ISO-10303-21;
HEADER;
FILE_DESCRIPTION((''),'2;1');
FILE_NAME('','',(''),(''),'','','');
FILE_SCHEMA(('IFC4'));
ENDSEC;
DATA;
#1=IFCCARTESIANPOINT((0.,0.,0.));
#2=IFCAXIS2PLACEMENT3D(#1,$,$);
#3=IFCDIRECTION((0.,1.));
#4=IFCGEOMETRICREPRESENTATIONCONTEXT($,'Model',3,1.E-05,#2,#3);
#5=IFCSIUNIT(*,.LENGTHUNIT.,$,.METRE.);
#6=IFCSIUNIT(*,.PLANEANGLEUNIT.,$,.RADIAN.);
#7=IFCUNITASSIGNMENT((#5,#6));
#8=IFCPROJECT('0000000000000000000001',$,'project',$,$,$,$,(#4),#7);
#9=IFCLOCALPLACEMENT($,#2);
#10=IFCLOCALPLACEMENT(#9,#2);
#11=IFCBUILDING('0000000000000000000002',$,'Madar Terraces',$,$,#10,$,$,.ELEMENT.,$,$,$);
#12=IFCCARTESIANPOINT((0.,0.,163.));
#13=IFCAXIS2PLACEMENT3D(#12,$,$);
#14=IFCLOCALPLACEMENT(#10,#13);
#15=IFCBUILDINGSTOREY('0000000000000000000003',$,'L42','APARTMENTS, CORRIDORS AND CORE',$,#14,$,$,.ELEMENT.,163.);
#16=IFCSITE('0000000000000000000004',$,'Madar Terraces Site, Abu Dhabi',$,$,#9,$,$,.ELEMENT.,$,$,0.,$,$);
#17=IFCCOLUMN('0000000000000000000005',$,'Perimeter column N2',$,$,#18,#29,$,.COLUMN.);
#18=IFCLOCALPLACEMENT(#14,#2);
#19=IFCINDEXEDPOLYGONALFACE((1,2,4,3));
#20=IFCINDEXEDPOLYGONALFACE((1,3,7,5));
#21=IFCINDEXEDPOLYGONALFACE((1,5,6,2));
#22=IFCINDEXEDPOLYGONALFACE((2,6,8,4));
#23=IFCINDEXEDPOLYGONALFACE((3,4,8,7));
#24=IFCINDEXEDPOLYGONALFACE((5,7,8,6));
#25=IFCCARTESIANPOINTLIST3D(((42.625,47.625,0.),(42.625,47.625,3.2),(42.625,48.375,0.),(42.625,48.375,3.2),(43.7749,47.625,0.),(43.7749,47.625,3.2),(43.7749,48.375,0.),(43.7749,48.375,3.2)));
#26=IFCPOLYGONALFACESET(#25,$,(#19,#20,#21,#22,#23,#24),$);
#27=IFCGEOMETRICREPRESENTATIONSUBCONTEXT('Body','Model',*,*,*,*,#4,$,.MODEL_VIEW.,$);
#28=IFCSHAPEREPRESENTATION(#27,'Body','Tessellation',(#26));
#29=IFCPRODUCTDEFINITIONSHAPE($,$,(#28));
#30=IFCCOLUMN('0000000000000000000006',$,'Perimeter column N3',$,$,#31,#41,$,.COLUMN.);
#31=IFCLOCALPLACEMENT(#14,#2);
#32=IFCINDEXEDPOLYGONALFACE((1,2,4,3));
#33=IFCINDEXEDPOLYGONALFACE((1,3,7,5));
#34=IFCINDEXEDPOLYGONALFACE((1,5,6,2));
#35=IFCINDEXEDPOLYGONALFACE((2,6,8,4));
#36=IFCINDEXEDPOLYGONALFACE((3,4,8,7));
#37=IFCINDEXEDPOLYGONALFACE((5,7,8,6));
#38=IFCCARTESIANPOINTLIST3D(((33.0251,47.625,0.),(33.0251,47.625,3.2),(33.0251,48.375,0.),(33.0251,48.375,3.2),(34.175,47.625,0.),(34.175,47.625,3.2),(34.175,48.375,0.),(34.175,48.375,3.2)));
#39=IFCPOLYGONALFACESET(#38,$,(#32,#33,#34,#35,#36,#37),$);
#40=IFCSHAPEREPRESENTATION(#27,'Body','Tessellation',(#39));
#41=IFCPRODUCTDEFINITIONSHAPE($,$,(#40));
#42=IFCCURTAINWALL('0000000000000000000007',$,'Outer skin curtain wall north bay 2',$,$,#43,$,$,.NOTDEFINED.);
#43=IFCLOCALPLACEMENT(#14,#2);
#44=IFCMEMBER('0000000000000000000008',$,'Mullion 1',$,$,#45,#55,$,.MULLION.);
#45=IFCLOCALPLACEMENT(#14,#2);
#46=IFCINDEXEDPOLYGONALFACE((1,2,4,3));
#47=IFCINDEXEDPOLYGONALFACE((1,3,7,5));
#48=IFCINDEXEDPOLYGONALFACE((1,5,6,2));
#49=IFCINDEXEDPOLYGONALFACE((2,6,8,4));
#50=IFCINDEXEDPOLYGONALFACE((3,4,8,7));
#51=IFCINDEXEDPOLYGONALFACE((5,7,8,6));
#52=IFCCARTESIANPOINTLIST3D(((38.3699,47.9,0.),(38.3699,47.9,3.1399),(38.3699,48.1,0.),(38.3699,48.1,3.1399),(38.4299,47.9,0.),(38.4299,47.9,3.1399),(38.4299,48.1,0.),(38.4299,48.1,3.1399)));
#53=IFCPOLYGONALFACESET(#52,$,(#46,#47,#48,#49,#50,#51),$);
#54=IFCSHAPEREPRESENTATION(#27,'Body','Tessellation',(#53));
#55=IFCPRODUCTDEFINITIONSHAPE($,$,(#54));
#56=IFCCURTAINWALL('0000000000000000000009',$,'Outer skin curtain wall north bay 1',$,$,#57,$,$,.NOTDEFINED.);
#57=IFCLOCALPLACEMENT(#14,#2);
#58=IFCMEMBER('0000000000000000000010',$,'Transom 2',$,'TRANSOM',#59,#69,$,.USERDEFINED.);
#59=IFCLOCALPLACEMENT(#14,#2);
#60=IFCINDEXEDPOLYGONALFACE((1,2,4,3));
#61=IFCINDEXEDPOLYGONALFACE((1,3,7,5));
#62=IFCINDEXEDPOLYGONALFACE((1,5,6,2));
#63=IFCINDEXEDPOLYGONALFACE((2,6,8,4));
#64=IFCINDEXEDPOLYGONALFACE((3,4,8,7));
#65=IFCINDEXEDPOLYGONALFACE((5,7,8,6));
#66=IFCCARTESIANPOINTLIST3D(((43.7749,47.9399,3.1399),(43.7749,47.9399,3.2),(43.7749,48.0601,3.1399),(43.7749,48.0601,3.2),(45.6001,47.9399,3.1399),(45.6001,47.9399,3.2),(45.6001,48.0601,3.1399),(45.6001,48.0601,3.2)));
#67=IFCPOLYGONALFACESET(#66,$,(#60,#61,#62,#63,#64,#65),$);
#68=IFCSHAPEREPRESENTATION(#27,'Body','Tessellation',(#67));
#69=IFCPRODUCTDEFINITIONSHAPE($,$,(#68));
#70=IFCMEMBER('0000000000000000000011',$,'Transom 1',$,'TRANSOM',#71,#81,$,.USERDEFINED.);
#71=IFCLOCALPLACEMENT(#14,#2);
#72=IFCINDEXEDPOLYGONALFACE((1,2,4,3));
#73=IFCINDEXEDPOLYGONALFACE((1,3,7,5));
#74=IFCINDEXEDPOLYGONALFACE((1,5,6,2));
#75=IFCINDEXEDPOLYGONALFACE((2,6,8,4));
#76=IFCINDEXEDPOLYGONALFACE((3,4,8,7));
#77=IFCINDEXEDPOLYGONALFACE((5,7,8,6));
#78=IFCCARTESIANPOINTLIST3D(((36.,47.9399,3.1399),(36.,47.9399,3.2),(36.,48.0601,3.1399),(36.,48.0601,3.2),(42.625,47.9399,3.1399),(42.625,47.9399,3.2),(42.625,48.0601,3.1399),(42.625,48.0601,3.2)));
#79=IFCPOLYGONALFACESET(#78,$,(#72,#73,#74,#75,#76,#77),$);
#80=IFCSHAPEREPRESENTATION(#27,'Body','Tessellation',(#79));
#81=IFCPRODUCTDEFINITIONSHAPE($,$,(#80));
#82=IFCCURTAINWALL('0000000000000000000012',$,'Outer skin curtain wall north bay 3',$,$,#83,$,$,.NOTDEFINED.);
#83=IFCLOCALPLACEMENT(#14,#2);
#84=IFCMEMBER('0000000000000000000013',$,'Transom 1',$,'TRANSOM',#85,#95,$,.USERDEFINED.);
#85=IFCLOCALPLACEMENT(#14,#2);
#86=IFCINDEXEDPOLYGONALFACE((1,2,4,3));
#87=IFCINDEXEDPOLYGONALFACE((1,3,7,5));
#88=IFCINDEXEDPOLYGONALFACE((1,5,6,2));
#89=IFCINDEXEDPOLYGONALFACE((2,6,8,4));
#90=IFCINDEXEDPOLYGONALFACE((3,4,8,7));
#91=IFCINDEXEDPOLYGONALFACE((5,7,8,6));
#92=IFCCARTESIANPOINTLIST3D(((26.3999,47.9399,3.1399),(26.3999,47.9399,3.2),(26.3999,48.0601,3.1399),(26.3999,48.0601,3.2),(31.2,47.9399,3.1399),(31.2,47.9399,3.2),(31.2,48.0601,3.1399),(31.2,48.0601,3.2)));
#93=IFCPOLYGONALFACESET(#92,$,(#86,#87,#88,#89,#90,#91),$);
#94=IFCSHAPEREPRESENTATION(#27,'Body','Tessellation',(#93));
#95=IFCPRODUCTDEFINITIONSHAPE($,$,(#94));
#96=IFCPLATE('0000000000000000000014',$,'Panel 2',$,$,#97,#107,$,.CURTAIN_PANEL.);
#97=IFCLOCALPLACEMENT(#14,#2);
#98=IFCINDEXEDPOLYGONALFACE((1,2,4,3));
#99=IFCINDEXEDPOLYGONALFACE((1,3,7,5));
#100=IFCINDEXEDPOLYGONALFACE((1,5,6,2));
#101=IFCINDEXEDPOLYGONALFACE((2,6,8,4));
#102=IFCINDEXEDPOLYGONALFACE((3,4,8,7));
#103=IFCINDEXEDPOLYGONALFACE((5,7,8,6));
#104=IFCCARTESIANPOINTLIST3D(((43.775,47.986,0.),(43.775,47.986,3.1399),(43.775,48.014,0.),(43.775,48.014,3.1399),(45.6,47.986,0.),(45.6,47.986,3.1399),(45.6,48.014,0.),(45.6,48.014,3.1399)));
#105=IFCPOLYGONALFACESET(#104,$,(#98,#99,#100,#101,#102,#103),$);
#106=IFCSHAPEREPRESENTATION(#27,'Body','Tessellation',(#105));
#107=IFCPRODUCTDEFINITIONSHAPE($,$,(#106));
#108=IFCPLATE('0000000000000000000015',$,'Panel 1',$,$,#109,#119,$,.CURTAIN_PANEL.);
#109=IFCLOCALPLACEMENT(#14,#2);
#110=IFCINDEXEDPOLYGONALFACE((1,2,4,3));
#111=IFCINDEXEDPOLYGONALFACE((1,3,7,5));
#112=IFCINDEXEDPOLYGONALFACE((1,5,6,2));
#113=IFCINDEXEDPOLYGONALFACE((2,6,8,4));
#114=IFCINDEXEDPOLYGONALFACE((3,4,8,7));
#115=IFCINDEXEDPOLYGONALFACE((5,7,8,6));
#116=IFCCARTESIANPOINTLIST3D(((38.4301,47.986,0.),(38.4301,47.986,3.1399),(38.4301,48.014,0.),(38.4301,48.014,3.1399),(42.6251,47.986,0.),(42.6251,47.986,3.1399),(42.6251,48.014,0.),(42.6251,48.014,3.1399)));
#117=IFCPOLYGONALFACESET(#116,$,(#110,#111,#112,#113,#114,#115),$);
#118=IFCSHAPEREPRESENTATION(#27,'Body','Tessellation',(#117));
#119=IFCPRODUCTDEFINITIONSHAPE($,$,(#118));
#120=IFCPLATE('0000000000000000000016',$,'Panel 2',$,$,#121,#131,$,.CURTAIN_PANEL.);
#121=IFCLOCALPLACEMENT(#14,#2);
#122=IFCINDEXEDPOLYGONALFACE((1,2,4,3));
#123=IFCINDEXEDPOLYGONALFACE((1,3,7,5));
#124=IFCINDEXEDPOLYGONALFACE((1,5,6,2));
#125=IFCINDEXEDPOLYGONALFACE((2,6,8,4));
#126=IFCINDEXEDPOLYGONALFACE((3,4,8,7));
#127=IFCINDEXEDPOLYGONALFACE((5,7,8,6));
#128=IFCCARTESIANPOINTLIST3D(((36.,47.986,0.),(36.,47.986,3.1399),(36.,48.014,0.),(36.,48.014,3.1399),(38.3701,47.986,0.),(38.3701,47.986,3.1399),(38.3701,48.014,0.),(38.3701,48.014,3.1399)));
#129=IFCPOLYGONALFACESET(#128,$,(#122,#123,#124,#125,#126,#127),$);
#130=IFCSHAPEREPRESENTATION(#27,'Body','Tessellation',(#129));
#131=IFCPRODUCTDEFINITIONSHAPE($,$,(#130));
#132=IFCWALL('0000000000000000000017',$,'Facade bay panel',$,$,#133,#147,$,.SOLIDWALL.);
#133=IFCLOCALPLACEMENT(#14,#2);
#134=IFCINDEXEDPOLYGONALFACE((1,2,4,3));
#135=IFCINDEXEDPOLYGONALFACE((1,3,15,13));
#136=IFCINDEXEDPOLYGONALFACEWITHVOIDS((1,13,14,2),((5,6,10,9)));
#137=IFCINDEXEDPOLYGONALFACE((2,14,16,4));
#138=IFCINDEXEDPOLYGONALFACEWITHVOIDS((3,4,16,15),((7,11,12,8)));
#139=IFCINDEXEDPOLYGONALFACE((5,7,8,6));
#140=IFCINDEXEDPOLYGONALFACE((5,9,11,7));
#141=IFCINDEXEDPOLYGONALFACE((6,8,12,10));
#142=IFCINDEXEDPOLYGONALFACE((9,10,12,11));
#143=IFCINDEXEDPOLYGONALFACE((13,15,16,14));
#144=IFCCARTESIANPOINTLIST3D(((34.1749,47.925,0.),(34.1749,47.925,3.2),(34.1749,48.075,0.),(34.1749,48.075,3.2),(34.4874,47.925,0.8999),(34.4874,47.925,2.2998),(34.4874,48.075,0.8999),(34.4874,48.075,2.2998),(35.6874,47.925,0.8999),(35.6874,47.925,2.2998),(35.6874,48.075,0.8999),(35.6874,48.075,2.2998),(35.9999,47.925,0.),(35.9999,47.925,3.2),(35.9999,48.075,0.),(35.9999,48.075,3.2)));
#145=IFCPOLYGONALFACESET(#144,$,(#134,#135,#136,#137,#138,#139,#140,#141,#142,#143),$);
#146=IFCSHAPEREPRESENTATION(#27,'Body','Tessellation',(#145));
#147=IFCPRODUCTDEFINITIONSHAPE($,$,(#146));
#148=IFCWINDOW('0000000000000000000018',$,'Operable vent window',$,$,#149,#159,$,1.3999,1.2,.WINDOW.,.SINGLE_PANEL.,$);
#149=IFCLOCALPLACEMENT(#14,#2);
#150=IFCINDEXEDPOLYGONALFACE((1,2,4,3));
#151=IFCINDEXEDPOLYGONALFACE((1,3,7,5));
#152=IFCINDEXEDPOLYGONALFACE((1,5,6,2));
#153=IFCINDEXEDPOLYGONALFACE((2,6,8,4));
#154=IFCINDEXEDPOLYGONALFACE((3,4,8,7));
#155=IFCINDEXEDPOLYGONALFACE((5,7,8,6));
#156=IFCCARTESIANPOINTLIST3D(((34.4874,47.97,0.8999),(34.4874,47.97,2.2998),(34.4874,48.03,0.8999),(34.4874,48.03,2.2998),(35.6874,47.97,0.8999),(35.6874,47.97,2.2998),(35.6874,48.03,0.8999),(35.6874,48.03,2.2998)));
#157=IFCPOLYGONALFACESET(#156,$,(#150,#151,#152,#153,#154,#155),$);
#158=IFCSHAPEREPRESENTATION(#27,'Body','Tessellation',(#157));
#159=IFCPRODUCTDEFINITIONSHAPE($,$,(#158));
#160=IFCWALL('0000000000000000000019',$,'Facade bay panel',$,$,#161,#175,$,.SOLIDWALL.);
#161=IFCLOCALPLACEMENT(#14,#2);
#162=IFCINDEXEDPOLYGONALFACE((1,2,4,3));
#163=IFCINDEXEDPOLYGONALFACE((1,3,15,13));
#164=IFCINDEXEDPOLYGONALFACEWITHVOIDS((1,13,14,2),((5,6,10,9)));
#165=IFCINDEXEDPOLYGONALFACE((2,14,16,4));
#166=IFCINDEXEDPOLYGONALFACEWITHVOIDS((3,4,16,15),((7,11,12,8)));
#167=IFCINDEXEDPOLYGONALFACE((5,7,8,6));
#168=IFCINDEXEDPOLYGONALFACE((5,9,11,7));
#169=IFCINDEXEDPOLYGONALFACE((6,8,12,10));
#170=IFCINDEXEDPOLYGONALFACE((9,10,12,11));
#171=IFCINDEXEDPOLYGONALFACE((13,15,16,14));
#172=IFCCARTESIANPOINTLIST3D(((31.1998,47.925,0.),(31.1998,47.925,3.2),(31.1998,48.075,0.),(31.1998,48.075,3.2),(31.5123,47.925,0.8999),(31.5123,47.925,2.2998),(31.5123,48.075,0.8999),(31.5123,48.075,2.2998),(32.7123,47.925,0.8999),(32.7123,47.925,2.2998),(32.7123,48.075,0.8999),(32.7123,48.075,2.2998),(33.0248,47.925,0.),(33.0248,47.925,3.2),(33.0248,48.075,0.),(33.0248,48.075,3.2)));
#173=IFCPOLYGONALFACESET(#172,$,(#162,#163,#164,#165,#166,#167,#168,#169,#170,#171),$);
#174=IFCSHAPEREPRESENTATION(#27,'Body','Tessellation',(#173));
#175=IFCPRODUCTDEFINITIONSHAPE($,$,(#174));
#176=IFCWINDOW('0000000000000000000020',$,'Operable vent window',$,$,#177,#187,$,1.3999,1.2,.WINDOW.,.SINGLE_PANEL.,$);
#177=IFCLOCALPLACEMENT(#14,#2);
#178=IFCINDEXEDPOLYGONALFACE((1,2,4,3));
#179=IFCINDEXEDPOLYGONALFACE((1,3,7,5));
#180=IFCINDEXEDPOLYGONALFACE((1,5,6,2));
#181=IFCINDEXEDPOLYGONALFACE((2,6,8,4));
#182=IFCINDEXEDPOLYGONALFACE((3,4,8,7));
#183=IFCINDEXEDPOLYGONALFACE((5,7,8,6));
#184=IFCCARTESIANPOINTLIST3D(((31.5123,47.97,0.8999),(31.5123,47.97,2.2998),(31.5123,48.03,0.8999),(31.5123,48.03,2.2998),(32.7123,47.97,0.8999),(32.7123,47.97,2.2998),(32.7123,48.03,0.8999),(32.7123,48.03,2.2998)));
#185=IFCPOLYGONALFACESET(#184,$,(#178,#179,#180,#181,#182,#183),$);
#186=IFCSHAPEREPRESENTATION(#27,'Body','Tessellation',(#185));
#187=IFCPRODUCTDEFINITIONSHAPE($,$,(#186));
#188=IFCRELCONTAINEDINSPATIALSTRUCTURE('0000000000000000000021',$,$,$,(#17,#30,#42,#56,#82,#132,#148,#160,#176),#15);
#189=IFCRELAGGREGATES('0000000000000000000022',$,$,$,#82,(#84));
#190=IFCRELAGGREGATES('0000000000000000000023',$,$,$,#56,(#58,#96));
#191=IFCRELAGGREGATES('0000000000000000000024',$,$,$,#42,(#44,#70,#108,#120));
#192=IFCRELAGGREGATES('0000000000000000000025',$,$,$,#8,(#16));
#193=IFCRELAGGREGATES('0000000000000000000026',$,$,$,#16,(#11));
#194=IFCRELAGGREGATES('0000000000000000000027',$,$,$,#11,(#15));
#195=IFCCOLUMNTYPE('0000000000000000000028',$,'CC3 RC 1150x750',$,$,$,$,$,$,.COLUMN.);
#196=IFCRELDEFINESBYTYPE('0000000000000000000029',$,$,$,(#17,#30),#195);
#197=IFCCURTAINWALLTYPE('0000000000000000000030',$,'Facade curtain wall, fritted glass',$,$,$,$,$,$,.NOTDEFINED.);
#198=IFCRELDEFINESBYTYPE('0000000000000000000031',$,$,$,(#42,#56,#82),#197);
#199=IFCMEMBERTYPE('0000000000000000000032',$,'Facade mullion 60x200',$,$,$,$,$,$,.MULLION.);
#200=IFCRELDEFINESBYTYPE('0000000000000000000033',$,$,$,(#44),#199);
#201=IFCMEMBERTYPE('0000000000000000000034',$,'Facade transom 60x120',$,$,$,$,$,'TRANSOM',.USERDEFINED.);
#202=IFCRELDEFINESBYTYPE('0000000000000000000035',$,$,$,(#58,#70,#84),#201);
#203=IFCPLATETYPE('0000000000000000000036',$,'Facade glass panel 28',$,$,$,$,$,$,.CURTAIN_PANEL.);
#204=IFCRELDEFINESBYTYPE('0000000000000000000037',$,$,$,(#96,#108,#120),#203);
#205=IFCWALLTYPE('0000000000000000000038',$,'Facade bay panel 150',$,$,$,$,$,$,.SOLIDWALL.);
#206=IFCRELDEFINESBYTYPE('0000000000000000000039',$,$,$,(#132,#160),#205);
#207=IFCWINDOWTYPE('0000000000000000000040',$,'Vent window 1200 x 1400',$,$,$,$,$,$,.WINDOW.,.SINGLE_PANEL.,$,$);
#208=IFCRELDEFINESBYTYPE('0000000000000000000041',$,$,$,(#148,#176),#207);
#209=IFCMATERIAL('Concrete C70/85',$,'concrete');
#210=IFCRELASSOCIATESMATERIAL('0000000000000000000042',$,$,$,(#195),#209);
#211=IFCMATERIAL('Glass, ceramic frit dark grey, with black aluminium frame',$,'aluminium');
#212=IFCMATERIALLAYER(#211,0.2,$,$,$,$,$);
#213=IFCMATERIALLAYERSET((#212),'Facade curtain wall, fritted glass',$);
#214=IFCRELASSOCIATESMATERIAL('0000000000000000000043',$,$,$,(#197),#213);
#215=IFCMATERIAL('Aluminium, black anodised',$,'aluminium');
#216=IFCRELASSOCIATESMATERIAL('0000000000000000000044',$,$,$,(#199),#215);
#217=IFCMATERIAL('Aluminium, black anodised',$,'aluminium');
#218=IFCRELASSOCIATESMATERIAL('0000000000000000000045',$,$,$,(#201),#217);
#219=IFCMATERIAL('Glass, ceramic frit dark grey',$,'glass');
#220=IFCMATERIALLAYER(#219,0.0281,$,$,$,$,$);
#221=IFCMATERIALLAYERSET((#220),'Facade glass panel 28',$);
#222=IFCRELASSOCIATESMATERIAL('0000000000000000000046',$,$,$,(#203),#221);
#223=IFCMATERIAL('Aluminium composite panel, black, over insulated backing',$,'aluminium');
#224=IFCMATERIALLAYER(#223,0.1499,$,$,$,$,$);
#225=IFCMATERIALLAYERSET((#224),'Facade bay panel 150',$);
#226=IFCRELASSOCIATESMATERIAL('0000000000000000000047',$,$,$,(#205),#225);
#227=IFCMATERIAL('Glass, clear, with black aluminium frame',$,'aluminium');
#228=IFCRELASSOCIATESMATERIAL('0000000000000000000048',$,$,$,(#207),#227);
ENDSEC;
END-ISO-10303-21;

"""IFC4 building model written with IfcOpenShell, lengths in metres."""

from ifc_helpers import new_model, si_unit, direction, frame, frame_2d, origin, origin_2d, place, context, subcontext, project, spatial, rectangle, extrude, material, layer, layer_set, material_profile, profile_set, type_object, element, fill, aggregate, save


model = new_model("IFC4")

# Units and contexts
model_context = context("Model", 3, precision=1e-05, world=origin(), true_north=direction((0.0, 1.0)))
body_context = subcontext(model_context, "Body", "Model", "MODEL_VIEW")
ifc_project = project(units=[si_unit("LENGTHUNIT", "METRE"), si_unit("PLANEANGLEUNIT", "RADIAN")], contexts=[model_context])

# Site, building, storey
site_placement = place(None, origin())
site = spatial("IfcSite", under=ifc_project, at=site_placement, Name="Madar Terraces Site, Abu Dhabi", CompositionType="ELEMENT", RefElevation=0.0)
building_placement = place(site_placement, origin())
building = spatial("IfcBuilding", under=site, at=building_placement, Name="Madar Terraces", CompositionType="ELEMENT")
storey_placement = place(building_placement, frame((0.0, 0.0, 163.0)))
storey = spatial("IfcBuildingStorey", under=building, at=storey_placement, Name="L42", Description="APARTMENTS, CORRIDORS AND CORE", CompositionType="ELEMENT", Elevation=163.0)

# Columns
ifc_material_1 = material(Name="Concrete C70/85", Category="concrete")
ifc_material_profile_1 = material_profile(ifc_material_1, rectangle(XDim=1.1499, YDim=0.75, at=origin_2d()), Name="CC3 RC 1150x750")
ifc_profile_set_1 = profile_set([ifc_material_profile_1], Name="Concrete C70/85")
column_type = type_object("IfcColumnType", Name="CC3 RC 1150x750", PredefinedType="COLUMN", material=ifc_profile_set_1)
for number, where, z_axis, x_axis, name in (
    (1, (43.2, 48.0, 0.0), (0.0, 0.0, 1.0), (1.0, 0.0, 0.0), "Perimeter column N2"),
    (2, (33.6001, 48.0, 0.0), (0.0, 0.0, 1.0), (1.0, 0.0, 0.0), "Perimeter column N3"),
):
    element("IfcColumn", number, at=place(storey_placement, frame(where, z_axis=z_axis, x_axis=x_axis)), inside=storey, type_object=column_type, Name=name, PredefinedType="COLUMN", context=body_context, shape_type="SweptSolid", body=[
        extrude(rectangle(XDim=1.1499, YDim=0.75, at=origin_2d()), origin(), (0.0, 0.0, 1.0), 3.2),
    ])

# Curtain walls, members
ifc_material_2 = material(Name="Glass, ceramic frit dark grey, with black aluminium frame", Category="aluminium")
ifc_layer_1 = layer(ifc_material_2, 0.2)
ifc_layer_set_1 = layer_set([ifc_layer_1], Name="Facade curtain wall, fritted glass")
curtain_wall_type = type_object("IfcCurtainWallType", Name="Facade curtain wall, fritted glass", PredefinedType="NOTDEFINED", material=ifc_layer_set_1)
curtain_wall_1_placement = place(storey_placement, origin())
curtain_wall_1 = element("IfcCurtainWall", 3, at=curtain_wall_1_placement, inside=storey, type_object=curtain_wall_type, Name="Outer skin curtain wall north bay 2", PredefinedType="NOTDEFINED")
ifc_material_3 = material(Name="Aluminium, black anodised", Category="aluminium")
ifc_material_profile_2 = material_profile(ifc_material_3, rectangle(XDim=0.2, YDim=0.0601, at=origin_2d()), Name="Facade mullion 60x200")
ifc_profile_set_2 = profile_set([ifc_material_profile_2], Name="Aluminium, black anodised")
member_type_1 = type_object("IfcMemberType", Name="Facade mullion 60x200", PredefinedType="MULLION", material=ifc_profile_set_2)
member_1_placement = place(storey_placement, frame((38.3999, 48.0, 0.0), z_axis=(0.0, 0.0, 1.0), x_axis=(0.0, -1.0, 0.0)))
member_1 = element("IfcMember", 4, at=member_1_placement, type_object=member_type_1, Name="Mullion 1", PredefinedType="MULLION", context=body_context, shape_type="SweptSolid", body=[
    extrude(rectangle(XDim=0.2, YDim=0.0601, at=origin_2d()), origin(), (0.0, 0.0, 1.0), 3.1399),
])
curtain_wall_2_placement = place(storey_placement, origin())
curtain_wall_2 = element("IfcCurtainWall", 5, at=curtain_wall_2_placement, inside=storey, type_object=curtain_wall_type, Name="Outer skin curtain wall north bay 1", PredefinedType="NOTDEFINED")
ifc_material_4 = material(Name="Aluminium, black anodised", Category="aluminium")
ifc_material_profile_3 = material_profile(ifc_material_4, rectangle(XDim=0.1201, YDim=0.0601, at=origin_2d()), Name="Facade transom 60x120")
ifc_profile_set_3 = profile_set([ifc_material_profile_3], Name="Aluminium, black anodised")
member_type_2 = type_object("IfcMemberType", Name="Facade transom 60x120", ElementType="TRANSOM", PredefinedType="USERDEFINED", material=ifc_profile_set_3)
member_2_placement = place(storey_placement, frame((45.6001, 48.0, 3.1699), z_axis=(-1.0, 0.0, 0.0), x_axis=(0.0, -1.0, 0.0)))
member_2 = element("IfcMember", 6, at=member_2_placement, type_object=member_type_2, Name="Transom 2", ObjectType="TRANSOM", PredefinedType="USERDEFINED", context=body_context, shape_type="SweptSolid", body=[
    extrude(rectangle(XDim=0.1201, YDim=0.0601, at=origin_2d()), origin(), (0.0, 0.0, 1.0), 1.8252),
])

# Member
member_3_placement = place(storey_placement, frame((42.625, 48.0, 3.1699), z_axis=(-1.0, 0.0, 0.0), x_axis=(0.0, -1.0, 0.0)))
member_3 = element("IfcMember", 7, at=member_3_placement, type_object=member_type_2, Name="Transom 1", ObjectType="TRANSOM", PredefinedType="USERDEFINED", context=body_context, shape_type="SweptSolid", body=[
    extrude(rectangle(XDim=0.1201, YDim=0.0601, at=origin_2d()), origin(), (0.0, 0.0, 1.0), 6.625),
])

# Curtain wall, member
curtain_wall_3_placement = place(storey_placement, origin())
curtain_wall_3 = element("IfcCurtainWall", 8, at=curtain_wall_3_placement, inside=storey, type_object=curtain_wall_type, Name="Outer skin curtain wall north bay 3", PredefinedType="NOTDEFINED")
member_4_placement = place(storey_placement, frame((31.2, 48.0, 3.1699), z_axis=(-1.0, 0.0, 0.0), x_axis=(0.0, -1.0, 0.0)))
member_4 = element("IfcMember", 9, at=member_4_placement, type_object=member_type_2, Name="Transom 1", ObjectType="TRANSOM", PredefinedType="USERDEFINED", context=body_context, shape_type="SweptSolid", body=[
    extrude(rectangle(XDim=0.1201, YDim=0.0601, at=origin_2d()), origin(), (0.0, 0.0, 1.0), 4.8),
])
aggregate(curtain_wall_3, [member_4])

# Plates
ifc_material_5 = material(Name="Glass, ceramic frit dark grey", Category="glass")
ifc_layer_2 = layer(ifc_material_5, 0.0281)
ifc_layer_set_2 = layer_set([ifc_layer_2], Name="Facade glass panel 28")
plate_type = type_object("IfcPlateType", Name="Facade glass panel 28", PredefinedType="CURTAIN_PANEL", material=ifc_layer_set_2)
plate_1_placement = place(storey_placement, frame((44.6875, 48.0, 0.0), z_axis=(0.0, 0.0, 1.0), x_axis=(-1.0, 0.0, 0.0)))
plate_1 = element("IfcPlate", 10, at=plate_1_placement, type_object=plate_type, Name="Panel 2", PredefinedType="CURTAIN_PANEL", context=body_context, shape_type="SweptSolid", body=[
    extrude(rectangle(XDim=1.825, YDim=0.0281, at=origin_2d()), origin(), (0.0, 0.0, 1.0), 3.1399),
])
aggregate(curtain_wall_2, [member_2, plate_1])
plate_2_placement = place(storey_placement, frame((40.5276, 48.0, 0.0), z_axis=(0.0, 0.0, 1.0), x_axis=(-1.0, 0.0, 0.0)))
plate_2 = element("IfcPlate", 11, at=plate_2_placement, type_object=plate_type, Name="Panel 1", PredefinedType="CURTAIN_PANEL", context=body_context, shape_type="SweptSolid", body=[
    extrude(rectangle(XDim=4.1951, YDim=0.0281, at=origin_2d()), origin(), (0.0, 0.0, 1.0), 3.1399),
])
plate_3_placement = place(storey_placement, frame((37.1851, 48.0, 0.0), z_axis=(0.0, 0.0, 1.0), x_axis=(-1.0, 0.0, 0.0)))
plate_3 = element("IfcPlate", 12, at=plate_3_placement, type_object=plate_type, Name="Panel 2", PredefinedType="CURTAIN_PANEL", context=body_context, shape_type="SweptSolid", body=[
    extrude(rectangle(XDim=2.3701, YDim=0.0281, at=origin_2d()), origin(), (0.0, 0.0, 1.0), 3.1399),
])
aggregate(curtain_wall_1, [member_1, member_3, plate_2, plate_3])

# Shared definitions
ifc_material_6 = material(Name="Aluminium composite panel, black, over insulated backing", Category="aluminium")
ifc_layer_3 = layer(ifc_material_6, 0.1499)
ifc_layer_set_3 = layer_set([ifc_layer_3], Name="Facade bay panel 150")
wall_type_1 = type_object("IfcWallType", Name="Facade bay panel 150", PredefinedType="SOLIDWALL", material=ifc_layer_set_3)

# Walls, openings, windows
wall_1_placement = place(storey_placement, frame((36.0, 48.0, 0.0), z_axis=(0.0, 0.0, 1.0), x_axis=(-1.0, 0.0, 0.0)))
wall_1 = element("IfcWall", 13, at=wall_1_placement, inside=storey, type_object=wall_type_1, Name="Facade bay panel", PredefinedType="SOLIDWALL", context=body_context, shape_type="SweptSolid", body=[
    extrude(rectangle(XDim=1.825, YDim=0.1499, at=frame_2d((0.9126, 0.0))), origin(), (0.0, 0.0, 1.0), 3.2),
])
opening_1_placement = place(wall_1_placement, frame((0.3125, 0.0, 0.8999)))
opening_1 = element("IfcOpeningElement", 14, at=opening_1_placement, cuts=wall_1, PredefinedType="OPENING", context=body_context, shape_type="SweptSolid", body=[
    extrude(rectangle(XDim=1.2, YDim=1.3999, at=frame_2d((0.6001, 0.7))), frame((0.0, 0.085, 0.0), z_axis=(0.0, -1.0, 0.0), x_axis=(1.0, 0.0, 0.0)), (0.0, 0.0, 1.0), 0.1699),
])
ifc_material_7 = material(Name="Glass, clear, with black aluminium frame", Category="aluminium")
window_type = type_object("IfcWindowType", Name="Vent window 1200 x 1400", PartitioningType="SINGLE_PANEL", PredefinedType="WINDOW", material=ifc_material_7)
window_1_placement = place(opening_1_placement, origin())
window_1 = element("IfcWindow", 15, at=window_1_placement, inside=storey, type_object=window_type, Name="Operable vent window", OverallHeight=1.3999, OverallWidth=1.2, PartitioningType="SINGLE_PANEL", PredefinedType="WINDOW", context=body_context, shape_type="SweptSolid", body=[
    extrude(rectangle(XDim=1.2, YDim=1.3999, at=frame_2d((0.6001, 0.7))), frame((0.0, 0.03, 0.0), z_axis=(0.0, -1.0, 0.0), x_axis=(1.0, 0.0, 0.0)), (0.0, 0.0, 1.0), 0.0601),
])
fill(opening_1, window_1)
wall_2_placement = place(storey_placement, frame((33.0249, 48.0, 0.0), z_axis=(0.0, 0.0, 1.0), x_axis=(-1.0, 0.0, 0.0)))
wall_2 = element("IfcWall", 16, at=wall_2_placement, inside=storey, type_object=wall_type_1, Name="Facade bay panel", PredefinedType="SOLIDWALL", context=body_context, shape_type="SweptSolid", body=[
    extrude(rectangle(XDim=1.825, YDim=0.1499, at=frame_2d((0.9126, 0.0))), origin(), (0.0, 0.0, 1.0), 3.2),
])
opening_2_placement = place(wall_2_placement, frame((0.3125, 0.0, 0.8999)))
opening_2 = element("IfcOpeningElement", 17, at=opening_2_placement, cuts=wall_2, PredefinedType="OPENING", context=body_context, shape_type="SweptSolid", body=[
    extrude(rectangle(XDim=1.2, YDim=1.3999, at=frame_2d((0.6001, 0.7))), frame((0.0, 0.085, 0.0), z_axis=(0.0, -1.0, 0.0), x_axis=(1.0, 0.0, 0.0)), (0.0, 0.0, 1.0), 0.1699),
])
window_2_placement = place(opening_2_placement, origin())
window_2 = element("IfcWindow", 18, at=window_2_placement, inside=storey, type_object=window_type, Name="Operable vent window", OverallHeight=1.3999, OverallWidth=1.2, PartitioningType="SINGLE_PANEL", PredefinedType="WINDOW", context=body_context, shape_type="SweptSolid", body=[
    extrude(rectangle(XDim=1.2, YDim=1.3999, at=frame_2d((0.6001, 0.7))), frame((0.0, 0.03, 0.0), z_axis=(0.0, -1.0, 0.0), x_axis=(1.0, 0.0, 0.0)), (0.0, 0.0, 1.0), 0.0601),
])
fill(opening_2, window_2)

save(model, "model.ifc")
